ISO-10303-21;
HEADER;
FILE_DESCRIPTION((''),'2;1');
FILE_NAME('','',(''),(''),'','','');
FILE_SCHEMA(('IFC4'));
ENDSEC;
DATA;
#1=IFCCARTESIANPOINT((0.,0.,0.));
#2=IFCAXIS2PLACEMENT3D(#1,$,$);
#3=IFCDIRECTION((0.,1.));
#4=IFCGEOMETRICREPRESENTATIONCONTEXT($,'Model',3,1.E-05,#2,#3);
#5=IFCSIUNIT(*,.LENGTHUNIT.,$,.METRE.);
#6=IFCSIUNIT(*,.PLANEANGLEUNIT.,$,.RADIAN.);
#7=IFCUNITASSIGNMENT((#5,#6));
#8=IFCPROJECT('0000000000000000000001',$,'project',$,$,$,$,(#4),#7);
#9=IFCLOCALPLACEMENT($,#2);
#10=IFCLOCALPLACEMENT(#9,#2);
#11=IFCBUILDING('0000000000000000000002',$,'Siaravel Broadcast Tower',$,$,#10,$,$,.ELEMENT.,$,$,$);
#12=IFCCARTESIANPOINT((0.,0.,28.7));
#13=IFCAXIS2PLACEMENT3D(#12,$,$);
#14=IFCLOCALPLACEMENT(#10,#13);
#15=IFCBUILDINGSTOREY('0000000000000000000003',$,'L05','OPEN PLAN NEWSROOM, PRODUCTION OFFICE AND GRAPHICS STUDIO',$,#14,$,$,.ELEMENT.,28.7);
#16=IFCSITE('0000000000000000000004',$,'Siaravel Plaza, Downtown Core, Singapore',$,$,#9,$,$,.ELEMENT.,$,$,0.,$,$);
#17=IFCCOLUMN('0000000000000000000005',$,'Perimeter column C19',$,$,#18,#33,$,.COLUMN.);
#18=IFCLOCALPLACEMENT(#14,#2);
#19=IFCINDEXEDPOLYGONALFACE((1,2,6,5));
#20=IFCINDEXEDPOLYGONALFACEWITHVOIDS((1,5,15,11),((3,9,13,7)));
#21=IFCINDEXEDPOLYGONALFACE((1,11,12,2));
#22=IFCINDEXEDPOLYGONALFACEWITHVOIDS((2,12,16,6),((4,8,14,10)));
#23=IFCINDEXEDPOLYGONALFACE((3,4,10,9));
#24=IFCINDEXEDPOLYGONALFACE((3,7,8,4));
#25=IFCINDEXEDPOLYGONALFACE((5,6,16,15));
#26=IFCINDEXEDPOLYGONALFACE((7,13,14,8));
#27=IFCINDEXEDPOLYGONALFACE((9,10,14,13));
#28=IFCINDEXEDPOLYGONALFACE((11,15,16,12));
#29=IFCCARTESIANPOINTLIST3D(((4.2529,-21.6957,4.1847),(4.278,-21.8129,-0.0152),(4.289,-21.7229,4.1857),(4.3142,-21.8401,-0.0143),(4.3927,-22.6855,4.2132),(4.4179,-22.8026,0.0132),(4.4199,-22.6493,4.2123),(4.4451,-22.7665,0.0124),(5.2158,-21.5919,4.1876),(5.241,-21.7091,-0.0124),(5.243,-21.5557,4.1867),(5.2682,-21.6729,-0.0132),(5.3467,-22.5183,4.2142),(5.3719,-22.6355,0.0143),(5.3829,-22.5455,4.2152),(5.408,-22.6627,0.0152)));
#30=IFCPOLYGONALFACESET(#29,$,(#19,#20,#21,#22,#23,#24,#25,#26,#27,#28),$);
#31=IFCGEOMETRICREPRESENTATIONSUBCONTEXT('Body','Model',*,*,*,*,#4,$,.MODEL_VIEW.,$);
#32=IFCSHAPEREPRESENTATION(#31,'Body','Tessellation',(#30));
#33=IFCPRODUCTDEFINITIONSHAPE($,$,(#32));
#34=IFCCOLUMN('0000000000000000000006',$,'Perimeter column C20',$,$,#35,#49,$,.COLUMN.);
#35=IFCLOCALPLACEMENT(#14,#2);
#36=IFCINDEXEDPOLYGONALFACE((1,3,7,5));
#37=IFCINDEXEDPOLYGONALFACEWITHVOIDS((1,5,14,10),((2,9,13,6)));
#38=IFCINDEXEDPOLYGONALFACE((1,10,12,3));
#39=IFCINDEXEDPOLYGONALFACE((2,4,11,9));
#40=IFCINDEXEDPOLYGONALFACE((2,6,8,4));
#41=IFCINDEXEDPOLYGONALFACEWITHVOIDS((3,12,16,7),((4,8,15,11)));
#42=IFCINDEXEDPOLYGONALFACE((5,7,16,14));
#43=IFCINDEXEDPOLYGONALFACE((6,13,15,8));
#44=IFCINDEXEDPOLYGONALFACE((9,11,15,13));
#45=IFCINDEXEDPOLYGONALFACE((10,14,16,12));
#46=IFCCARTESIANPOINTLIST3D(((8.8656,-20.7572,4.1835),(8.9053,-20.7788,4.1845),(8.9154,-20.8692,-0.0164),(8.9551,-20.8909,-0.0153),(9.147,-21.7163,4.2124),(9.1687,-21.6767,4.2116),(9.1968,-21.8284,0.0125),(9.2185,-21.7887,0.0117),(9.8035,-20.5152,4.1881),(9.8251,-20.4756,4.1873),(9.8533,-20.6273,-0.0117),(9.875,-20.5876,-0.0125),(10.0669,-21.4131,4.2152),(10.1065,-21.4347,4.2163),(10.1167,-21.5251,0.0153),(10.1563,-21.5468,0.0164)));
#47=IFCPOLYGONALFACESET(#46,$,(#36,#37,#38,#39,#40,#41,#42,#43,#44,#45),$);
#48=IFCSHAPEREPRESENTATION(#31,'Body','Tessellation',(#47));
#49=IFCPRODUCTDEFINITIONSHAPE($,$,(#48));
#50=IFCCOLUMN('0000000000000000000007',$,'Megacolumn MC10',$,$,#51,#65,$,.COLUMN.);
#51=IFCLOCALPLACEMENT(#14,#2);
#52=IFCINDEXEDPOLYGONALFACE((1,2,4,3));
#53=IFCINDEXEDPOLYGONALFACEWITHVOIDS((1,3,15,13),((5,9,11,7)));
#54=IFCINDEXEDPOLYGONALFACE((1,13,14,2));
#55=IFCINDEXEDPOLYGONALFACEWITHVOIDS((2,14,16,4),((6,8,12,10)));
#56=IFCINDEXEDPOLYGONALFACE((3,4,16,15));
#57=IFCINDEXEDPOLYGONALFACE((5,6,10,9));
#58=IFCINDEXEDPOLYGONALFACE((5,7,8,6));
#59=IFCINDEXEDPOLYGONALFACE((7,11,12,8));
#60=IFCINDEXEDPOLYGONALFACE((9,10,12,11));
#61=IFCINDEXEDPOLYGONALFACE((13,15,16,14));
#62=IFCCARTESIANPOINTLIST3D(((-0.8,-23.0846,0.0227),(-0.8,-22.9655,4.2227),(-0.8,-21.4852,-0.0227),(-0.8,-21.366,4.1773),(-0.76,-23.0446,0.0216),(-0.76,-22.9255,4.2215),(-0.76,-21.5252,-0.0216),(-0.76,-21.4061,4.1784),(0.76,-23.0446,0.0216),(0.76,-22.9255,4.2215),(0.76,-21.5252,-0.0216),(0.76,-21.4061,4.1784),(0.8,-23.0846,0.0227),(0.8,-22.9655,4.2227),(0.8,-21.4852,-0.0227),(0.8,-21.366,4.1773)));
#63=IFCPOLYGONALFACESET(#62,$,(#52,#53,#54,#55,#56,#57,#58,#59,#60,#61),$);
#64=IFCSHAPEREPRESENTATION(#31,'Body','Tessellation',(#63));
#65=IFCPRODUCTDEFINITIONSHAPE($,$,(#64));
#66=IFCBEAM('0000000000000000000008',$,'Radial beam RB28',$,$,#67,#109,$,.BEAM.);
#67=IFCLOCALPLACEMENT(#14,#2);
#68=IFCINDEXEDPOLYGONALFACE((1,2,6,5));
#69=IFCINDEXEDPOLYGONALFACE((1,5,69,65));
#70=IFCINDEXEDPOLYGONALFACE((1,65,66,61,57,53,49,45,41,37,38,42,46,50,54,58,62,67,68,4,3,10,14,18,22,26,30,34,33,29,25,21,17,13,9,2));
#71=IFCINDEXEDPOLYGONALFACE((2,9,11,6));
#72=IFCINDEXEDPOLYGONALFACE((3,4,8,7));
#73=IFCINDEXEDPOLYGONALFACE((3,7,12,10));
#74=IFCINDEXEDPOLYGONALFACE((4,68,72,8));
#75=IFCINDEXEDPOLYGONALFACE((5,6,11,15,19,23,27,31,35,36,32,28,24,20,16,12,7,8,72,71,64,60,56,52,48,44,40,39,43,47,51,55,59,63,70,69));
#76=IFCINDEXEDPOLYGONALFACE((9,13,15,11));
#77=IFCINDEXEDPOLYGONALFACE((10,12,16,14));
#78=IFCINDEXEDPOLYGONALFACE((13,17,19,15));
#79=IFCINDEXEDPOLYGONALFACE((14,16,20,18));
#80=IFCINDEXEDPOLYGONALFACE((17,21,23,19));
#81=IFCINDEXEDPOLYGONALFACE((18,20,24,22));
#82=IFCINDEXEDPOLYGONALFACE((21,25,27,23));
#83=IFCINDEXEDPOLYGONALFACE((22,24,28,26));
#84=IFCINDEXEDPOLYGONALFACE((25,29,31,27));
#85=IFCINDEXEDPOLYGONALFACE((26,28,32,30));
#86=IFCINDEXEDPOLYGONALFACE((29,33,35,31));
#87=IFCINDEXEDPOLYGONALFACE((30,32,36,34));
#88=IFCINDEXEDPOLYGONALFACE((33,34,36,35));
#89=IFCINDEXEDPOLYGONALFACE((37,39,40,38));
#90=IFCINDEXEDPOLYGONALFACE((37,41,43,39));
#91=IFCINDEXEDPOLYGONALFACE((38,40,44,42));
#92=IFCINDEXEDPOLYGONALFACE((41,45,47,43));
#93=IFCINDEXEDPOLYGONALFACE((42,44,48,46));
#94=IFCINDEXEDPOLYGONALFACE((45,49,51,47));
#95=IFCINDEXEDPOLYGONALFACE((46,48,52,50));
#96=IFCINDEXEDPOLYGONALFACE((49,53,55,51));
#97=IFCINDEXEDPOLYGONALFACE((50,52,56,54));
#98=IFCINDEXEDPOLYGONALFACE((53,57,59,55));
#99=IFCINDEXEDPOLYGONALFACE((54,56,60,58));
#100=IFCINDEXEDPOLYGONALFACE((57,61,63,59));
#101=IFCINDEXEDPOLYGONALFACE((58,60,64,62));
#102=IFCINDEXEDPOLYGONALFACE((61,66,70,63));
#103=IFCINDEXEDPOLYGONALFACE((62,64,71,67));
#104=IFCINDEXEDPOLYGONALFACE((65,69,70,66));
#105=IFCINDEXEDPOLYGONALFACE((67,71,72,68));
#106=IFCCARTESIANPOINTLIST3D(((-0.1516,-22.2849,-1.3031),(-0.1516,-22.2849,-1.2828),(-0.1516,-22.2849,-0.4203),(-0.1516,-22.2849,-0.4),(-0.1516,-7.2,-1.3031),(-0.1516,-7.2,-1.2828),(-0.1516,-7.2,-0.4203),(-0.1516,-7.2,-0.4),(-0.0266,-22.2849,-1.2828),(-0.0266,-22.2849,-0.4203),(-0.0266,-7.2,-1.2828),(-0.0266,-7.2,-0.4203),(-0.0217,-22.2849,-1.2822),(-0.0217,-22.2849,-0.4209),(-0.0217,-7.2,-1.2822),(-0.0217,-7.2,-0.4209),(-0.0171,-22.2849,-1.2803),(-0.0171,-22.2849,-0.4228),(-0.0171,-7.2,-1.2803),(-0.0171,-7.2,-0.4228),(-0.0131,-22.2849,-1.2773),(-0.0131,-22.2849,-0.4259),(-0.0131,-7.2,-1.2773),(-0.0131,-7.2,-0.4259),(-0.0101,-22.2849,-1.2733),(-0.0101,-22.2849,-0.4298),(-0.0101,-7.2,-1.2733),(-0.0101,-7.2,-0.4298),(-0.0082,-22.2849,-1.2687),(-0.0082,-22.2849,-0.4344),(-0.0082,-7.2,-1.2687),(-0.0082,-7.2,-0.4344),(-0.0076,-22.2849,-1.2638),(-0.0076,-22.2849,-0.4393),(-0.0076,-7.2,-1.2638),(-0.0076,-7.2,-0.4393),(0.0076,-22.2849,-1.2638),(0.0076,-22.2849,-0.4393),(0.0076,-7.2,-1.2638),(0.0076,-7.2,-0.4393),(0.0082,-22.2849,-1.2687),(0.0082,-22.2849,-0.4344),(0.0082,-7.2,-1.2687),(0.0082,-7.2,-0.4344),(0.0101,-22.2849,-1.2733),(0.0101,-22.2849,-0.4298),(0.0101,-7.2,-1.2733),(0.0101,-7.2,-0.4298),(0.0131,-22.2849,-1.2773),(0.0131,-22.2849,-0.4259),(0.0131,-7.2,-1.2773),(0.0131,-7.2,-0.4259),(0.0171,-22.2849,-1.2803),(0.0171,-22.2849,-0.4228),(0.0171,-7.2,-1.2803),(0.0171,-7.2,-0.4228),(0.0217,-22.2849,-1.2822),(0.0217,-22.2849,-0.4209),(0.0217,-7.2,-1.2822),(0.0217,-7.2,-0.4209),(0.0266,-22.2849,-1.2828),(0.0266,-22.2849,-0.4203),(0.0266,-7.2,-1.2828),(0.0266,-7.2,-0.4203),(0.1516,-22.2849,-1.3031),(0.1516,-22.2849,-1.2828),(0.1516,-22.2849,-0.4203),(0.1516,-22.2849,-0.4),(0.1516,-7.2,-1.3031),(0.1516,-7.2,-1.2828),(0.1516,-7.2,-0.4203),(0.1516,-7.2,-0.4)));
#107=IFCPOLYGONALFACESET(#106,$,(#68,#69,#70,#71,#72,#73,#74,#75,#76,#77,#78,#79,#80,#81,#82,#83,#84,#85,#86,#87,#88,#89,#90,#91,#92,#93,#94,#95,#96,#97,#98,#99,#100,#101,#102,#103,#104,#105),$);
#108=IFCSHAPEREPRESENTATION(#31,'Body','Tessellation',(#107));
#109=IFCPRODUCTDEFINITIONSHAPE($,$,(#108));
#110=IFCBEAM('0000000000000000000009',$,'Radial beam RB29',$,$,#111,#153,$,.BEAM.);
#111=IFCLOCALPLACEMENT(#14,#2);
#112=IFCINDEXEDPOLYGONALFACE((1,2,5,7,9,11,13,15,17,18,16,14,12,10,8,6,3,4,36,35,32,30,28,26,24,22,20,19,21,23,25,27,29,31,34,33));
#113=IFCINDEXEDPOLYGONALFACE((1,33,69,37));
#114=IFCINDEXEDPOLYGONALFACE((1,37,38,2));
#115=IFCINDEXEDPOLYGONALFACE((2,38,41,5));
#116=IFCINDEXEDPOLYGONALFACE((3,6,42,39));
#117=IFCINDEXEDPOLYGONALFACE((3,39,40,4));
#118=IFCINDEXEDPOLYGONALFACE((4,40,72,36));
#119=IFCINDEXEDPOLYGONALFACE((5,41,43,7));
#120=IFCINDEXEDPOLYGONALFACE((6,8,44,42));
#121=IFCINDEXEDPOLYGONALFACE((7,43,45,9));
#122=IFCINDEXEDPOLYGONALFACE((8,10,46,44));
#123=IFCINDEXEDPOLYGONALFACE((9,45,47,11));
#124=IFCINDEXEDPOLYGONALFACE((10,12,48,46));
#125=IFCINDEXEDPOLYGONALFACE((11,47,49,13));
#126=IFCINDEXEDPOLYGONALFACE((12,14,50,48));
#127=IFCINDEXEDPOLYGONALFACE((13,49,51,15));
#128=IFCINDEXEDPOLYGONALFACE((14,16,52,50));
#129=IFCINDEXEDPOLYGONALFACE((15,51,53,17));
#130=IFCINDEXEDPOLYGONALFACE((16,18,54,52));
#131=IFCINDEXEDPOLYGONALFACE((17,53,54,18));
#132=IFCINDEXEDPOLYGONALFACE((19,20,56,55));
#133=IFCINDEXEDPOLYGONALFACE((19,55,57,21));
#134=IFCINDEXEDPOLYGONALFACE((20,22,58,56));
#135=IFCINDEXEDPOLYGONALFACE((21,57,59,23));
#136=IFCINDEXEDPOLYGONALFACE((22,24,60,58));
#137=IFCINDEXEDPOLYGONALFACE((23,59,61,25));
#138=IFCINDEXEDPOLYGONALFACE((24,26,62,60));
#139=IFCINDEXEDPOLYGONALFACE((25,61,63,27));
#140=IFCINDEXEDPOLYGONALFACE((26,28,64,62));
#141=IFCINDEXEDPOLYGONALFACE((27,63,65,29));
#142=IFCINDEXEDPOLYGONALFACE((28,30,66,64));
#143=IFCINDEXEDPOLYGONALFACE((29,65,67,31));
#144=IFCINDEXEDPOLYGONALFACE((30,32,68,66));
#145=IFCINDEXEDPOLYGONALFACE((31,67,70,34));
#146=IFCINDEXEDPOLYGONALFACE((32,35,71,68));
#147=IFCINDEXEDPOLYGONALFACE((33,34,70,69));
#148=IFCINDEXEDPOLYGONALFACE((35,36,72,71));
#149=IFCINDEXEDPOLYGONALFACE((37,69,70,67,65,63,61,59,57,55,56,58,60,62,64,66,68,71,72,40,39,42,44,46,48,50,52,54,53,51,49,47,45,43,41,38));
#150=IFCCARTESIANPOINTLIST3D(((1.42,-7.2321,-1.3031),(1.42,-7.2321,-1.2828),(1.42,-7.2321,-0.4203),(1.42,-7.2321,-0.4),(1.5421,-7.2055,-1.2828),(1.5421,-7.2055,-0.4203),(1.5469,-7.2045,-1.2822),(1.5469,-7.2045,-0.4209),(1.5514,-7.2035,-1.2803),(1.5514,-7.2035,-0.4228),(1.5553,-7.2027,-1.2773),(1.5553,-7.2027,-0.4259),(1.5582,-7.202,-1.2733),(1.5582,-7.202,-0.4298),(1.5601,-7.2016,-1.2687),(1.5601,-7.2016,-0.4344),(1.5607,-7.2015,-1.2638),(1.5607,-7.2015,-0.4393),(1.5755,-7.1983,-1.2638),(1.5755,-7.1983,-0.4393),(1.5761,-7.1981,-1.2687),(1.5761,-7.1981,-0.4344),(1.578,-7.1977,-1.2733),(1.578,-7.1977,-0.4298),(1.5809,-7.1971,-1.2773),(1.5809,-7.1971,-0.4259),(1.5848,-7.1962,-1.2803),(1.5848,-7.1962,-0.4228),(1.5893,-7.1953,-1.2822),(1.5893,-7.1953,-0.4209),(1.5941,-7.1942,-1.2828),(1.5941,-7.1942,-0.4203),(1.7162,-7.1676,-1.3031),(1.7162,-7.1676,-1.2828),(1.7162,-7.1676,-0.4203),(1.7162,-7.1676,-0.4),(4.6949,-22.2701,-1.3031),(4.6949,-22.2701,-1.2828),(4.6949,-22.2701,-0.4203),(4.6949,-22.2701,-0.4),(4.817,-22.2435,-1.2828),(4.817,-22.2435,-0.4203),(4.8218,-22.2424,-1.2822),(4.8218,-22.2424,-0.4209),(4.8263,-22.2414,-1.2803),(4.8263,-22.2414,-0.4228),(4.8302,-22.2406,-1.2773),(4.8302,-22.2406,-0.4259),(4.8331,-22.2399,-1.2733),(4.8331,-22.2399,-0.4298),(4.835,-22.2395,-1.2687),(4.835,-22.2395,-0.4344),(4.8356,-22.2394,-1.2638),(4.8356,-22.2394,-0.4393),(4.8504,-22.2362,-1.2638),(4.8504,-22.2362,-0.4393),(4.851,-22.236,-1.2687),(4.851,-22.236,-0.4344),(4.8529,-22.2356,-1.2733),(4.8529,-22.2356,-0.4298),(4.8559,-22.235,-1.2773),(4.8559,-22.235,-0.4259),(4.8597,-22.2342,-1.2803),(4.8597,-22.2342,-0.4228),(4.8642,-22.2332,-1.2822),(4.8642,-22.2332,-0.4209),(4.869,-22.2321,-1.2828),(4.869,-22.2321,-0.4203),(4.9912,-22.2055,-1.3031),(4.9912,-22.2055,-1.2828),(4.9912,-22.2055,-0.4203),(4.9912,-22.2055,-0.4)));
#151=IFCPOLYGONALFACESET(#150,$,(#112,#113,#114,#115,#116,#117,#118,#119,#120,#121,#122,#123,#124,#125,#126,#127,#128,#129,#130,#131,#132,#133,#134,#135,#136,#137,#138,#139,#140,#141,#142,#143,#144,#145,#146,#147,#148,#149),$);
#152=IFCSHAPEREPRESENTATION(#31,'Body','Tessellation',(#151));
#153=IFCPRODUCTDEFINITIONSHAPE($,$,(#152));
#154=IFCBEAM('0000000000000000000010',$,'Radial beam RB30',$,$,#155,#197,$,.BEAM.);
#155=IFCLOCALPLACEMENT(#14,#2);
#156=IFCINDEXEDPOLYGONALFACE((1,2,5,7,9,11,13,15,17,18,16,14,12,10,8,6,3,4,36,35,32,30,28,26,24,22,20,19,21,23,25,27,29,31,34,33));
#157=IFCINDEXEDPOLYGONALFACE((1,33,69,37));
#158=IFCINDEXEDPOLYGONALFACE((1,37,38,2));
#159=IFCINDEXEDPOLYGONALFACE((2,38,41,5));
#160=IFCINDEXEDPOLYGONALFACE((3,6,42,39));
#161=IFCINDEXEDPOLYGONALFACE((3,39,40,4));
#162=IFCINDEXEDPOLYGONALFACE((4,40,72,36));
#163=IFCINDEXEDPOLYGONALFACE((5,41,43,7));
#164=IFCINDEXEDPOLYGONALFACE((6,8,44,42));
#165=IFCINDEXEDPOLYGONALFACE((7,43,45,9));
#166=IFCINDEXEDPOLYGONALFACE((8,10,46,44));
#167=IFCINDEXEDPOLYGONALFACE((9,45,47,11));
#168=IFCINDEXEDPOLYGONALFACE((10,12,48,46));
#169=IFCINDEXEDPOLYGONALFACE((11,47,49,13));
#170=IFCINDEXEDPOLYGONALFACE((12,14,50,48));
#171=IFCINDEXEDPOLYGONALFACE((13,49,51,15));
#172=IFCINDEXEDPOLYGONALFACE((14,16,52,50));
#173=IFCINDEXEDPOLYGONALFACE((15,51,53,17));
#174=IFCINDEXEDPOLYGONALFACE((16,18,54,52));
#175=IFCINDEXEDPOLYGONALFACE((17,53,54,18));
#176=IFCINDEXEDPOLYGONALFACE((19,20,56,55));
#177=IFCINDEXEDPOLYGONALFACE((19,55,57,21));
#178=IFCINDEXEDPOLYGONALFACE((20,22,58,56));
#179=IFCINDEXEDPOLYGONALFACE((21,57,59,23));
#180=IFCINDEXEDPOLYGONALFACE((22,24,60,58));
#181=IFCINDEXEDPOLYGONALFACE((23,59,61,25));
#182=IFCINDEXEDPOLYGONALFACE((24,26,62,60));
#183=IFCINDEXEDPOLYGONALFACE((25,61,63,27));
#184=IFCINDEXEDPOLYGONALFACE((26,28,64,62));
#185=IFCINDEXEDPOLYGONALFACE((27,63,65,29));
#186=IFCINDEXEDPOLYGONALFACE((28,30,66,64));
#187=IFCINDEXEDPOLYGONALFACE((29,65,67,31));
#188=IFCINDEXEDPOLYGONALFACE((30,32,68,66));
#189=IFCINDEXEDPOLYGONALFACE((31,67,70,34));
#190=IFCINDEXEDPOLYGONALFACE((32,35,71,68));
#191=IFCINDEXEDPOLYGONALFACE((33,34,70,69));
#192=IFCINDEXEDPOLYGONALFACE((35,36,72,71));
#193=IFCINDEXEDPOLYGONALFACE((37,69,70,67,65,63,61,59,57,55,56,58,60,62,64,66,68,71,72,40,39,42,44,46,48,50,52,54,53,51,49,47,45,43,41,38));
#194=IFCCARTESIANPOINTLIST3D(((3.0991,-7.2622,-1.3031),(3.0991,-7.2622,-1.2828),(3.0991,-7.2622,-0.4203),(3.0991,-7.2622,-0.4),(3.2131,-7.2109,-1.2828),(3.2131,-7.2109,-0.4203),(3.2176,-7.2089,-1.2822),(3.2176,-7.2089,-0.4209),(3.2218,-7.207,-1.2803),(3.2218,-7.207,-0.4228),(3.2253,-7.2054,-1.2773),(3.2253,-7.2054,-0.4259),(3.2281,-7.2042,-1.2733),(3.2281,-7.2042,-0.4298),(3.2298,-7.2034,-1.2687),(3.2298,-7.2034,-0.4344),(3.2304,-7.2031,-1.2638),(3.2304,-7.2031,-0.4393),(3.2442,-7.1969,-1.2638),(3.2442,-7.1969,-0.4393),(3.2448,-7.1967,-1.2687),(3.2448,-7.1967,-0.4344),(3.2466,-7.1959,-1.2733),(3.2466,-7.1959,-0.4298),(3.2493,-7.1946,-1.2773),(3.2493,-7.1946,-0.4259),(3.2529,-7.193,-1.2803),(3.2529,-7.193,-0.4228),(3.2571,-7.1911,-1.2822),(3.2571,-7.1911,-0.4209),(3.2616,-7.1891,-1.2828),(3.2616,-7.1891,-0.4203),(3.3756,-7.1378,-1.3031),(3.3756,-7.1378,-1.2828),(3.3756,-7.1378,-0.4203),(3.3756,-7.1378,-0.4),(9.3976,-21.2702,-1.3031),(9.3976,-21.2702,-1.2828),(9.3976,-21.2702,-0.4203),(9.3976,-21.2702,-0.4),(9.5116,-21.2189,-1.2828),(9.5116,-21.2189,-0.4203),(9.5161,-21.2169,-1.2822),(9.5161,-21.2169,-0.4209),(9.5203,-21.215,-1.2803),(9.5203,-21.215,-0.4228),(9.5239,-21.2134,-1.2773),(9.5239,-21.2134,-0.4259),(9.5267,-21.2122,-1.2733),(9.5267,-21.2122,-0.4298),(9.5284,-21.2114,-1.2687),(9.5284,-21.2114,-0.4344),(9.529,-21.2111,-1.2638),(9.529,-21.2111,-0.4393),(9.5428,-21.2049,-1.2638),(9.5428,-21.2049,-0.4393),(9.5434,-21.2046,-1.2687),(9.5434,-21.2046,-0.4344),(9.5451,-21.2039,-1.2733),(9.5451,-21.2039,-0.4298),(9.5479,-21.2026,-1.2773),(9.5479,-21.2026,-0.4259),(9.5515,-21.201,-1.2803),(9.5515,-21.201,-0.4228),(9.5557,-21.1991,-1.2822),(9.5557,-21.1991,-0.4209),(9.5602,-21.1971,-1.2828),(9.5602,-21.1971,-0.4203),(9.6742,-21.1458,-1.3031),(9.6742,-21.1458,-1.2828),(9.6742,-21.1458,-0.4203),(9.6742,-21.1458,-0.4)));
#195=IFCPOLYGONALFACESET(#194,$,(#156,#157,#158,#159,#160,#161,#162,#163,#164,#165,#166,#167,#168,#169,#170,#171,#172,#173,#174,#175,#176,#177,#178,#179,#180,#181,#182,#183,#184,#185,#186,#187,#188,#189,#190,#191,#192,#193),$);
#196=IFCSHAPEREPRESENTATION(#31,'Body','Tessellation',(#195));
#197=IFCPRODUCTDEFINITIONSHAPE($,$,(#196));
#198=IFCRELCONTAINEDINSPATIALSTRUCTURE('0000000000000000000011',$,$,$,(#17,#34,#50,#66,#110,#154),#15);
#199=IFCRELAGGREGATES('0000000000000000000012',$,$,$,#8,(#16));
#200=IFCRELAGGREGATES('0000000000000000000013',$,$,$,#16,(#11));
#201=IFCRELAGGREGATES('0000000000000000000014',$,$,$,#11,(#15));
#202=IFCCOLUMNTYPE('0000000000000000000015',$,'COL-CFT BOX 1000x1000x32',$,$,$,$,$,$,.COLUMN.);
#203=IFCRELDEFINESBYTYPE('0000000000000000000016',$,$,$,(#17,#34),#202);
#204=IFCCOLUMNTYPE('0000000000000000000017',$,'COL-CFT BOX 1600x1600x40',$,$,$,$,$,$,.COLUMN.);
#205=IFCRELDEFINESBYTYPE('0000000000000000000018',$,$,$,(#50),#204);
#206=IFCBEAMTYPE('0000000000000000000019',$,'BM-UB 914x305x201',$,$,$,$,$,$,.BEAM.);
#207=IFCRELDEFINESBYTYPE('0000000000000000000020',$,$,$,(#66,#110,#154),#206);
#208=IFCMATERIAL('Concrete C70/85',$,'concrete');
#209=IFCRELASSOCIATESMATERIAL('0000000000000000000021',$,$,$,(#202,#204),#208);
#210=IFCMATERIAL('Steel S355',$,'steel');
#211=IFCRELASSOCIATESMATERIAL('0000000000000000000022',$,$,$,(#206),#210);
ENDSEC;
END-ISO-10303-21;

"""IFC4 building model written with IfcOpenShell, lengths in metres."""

from ifc_helpers import new_model, si_unit, direction, frame, origin, origin_2d, place, context, subcontext, project, spatial, hollow_rectangle, i_section, extrude, material, material_profile, profile_set, type_object, element, save


model = new_model("IFC4")

# Units and contexts
model_context = context("Model", 3, precision=1e-05, world=origin(), true_north=direction((0.0, 1.0)))
body_context = subcontext(model_context, "Body", "Model", "MODEL_VIEW")
ifc_project = project(units=[si_unit("LENGTHUNIT", "METRE"), si_unit("PLANEANGLEUNIT", "RADIAN")], contexts=[model_context])

# Site, building, storey
site_placement = place(None, origin())
site = spatial("IfcSite", under=ifc_project, at=site_placement, Name="Siaravel Plaza, Downtown Core, Singapore", CompositionType="ELEMENT", RefElevation=0.0)
building_placement = place(site_placement, origin())
building = spatial("IfcBuilding", under=site, at=building_placement, Name="Siaravel Broadcast Tower", CompositionType="ELEMENT")
storey_placement = place(building_placement, frame((0.0, 0.0, 28.7)))
storey = spatial("IfcBuildingStorey", under=building, at=storey_placement, Name="L05", Description="OPEN PLAN NEWSROOM, PRODUCTION OFFICE AND GRAPHICS STUDIO", CompositionType="ELEMENT", Elevation=28.7)

# Columns
ifc_material_1 = material(Name="Concrete C70/85", Category="concrete")
ifc_material_profile_1 = material_profile(ifc_material_1, hollow_rectangle(XDim=1.0, YDim=1.0, WallThickness=0.032, at=origin_2d()))
ifc_profile_set_1 = profile_set([ifc_material_profile_1], Name="Concrete C70/85")
column_type_1 = type_object("IfcColumnType", Name="COL-CFT BOX 1000x1000x32", PredefinedType="COLUMN", material=ifc_profile_set_1)
for number, where, z_axis, x_axis, name in (
    (1, (4.843, -22.2378, 0.0), (-0.005985, 0.027891, 0.999593), (-0.990157, -0.139946, -0.002024), "Perimeter column C19"),
    (2, (9.5359, -21.208, 0.0), (-0.011853, 0.02667, 0.999574), (-0.95952, -0.281614, -0.003865), "Perimeter column C20"),
):
    element("IfcColumn", number, at=place(storey_placement, frame(where, z_axis=z_axis, x_axis=x_axis)), inside=storey, type_object=column_type_1, Name=name, PredefinedType="COLUMN", context=body_context, shape_type="SweptSolid", body=[
        extrude(hollow_rectangle(XDim=1.0, YDim=1.0, WallThickness=0.032, at=origin_2d()), origin(), (0.0, 0.0, 1.0), 4.2017),
    ])
ifc_material_profile_2 = material_profile(ifc_material_1, hollow_rectangle(XDim=1.6001, YDim=1.6001, WallThickness=0.04, at=origin_2d()))
ifc_profile_set_2 = profile_set([ifc_material_profile_2], Name="Concrete C70/85")
column_type_2 = type_object("IfcColumnType", Name="COL-CFT BOX 1600x1600x40", PredefinedType="COLUMN", material=ifc_profile_set_2)
column_placement = place(storey_placement, frame((0.0, -22.2849, 0.0), z_axis=(0.0, 0.028356, 0.999598), x_axis=(-1.0, 0.0, 0.0)))
element("IfcColumn", 3, at=column_placement, inside=storey, type_object=column_type_2, Name="Megacolumn MC10", PredefinedType="COLUMN", context=body_context, shape_type="SweptSolid", body=[
    extrude(hollow_rectangle(XDim=1.6001, YDim=1.6001, WallThickness=0.04, at=origin_2d()), origin(), (0.0, 0.0, 1.0), 4.2017),
])

# Beams
ifc_material_2 = material(Name="Steel S355", Category="steel")
ifc_material_profile_3 = material_profile(ifc_material_2, i_section(OverallWidth=0.3032, OverallDepth=0.9031, WebThickness=0.0151, FlangeThickness=0.0203, FilletRadius=0.019, at=origin_2d()))
ifc_profile_set_3 = profile_set([ifc_material_profile_3], Name="Steel S355")
beam_type = type_object("IfcBeamType", Name="BM-UB 914x305x201", PredefinedType="BEAM", material=ifc_profile_set_3)
beam_1_placement = place(storey_placement, frame((0.0, -22.2849, -0.8516), z_axis=(0.0, 1.0, 0.0), x_axis=(-1.0, 0.0, 0.0)))
element("IfcBeam", 4, at=beam_1_placement, inside=storey, type_object=beam_type, Name="Radial beam RB28", PredefinedType="BEAM", context=body_context, shape_type="SweptSolid", body=[
    extrude(i_section(OverallWidth=0.3032, OverallDepth=0.9031, WebThickness=0.0151, FlangeThickness=0.0203, FilletRadius=0.019, at=origin_2d()), origin(), (0.0, 0.0, 1.0), 15.085),
])
beam_2_placement = place(storey_placement, frame((4.843, -22.2378, -0.8516), z_axis=(-0.21279, 0.977098, 0.0), x_axis=(-0.977098, -0.21279, 0.0)))
element("IfcBeam", 5, at=beam_2_placement, inside=storey, type_object=beam_type, Name="Radial beam RB29", PredefinedType="BEAM", context=body_context, shape_type="SweptSolid", body=[
    extrude(i_section(OverallWidth=0.3032, OverallDepth=0.9031, WebThickness=0.0151, FlangeThickness=0.0203, FilletRadius=0.019, at=origin_2d()), origin(), (0.0, 0.0, 1.0), 15.3904),
])
beam_3_placement = place(storey_placement, frame((9.5359, -21.208, -0.8516), z_axis=(-0.410092, 0.912044, 0.0), x_axis=(-0.912044, -0.410092, 0.0)))
element("IfcBeam", 6, at=beam_3_placement, inside=storey, type_object=beam_type, Name="Radial beam RB30", PredefinedType="BEAM", context=body_context, shape_type="SweptSolid", body=[
    extrude(i_section(OverallWidth=0.3032, OverallDepth=0.9031, WebThickness=0.0151, FlangeThickness=0.0203, FilletRadius=0.019, at=origin_2d()), origin(), (0.0, 0.0, 1.0), 15.3589),
])

save(model, "model.ifc")
